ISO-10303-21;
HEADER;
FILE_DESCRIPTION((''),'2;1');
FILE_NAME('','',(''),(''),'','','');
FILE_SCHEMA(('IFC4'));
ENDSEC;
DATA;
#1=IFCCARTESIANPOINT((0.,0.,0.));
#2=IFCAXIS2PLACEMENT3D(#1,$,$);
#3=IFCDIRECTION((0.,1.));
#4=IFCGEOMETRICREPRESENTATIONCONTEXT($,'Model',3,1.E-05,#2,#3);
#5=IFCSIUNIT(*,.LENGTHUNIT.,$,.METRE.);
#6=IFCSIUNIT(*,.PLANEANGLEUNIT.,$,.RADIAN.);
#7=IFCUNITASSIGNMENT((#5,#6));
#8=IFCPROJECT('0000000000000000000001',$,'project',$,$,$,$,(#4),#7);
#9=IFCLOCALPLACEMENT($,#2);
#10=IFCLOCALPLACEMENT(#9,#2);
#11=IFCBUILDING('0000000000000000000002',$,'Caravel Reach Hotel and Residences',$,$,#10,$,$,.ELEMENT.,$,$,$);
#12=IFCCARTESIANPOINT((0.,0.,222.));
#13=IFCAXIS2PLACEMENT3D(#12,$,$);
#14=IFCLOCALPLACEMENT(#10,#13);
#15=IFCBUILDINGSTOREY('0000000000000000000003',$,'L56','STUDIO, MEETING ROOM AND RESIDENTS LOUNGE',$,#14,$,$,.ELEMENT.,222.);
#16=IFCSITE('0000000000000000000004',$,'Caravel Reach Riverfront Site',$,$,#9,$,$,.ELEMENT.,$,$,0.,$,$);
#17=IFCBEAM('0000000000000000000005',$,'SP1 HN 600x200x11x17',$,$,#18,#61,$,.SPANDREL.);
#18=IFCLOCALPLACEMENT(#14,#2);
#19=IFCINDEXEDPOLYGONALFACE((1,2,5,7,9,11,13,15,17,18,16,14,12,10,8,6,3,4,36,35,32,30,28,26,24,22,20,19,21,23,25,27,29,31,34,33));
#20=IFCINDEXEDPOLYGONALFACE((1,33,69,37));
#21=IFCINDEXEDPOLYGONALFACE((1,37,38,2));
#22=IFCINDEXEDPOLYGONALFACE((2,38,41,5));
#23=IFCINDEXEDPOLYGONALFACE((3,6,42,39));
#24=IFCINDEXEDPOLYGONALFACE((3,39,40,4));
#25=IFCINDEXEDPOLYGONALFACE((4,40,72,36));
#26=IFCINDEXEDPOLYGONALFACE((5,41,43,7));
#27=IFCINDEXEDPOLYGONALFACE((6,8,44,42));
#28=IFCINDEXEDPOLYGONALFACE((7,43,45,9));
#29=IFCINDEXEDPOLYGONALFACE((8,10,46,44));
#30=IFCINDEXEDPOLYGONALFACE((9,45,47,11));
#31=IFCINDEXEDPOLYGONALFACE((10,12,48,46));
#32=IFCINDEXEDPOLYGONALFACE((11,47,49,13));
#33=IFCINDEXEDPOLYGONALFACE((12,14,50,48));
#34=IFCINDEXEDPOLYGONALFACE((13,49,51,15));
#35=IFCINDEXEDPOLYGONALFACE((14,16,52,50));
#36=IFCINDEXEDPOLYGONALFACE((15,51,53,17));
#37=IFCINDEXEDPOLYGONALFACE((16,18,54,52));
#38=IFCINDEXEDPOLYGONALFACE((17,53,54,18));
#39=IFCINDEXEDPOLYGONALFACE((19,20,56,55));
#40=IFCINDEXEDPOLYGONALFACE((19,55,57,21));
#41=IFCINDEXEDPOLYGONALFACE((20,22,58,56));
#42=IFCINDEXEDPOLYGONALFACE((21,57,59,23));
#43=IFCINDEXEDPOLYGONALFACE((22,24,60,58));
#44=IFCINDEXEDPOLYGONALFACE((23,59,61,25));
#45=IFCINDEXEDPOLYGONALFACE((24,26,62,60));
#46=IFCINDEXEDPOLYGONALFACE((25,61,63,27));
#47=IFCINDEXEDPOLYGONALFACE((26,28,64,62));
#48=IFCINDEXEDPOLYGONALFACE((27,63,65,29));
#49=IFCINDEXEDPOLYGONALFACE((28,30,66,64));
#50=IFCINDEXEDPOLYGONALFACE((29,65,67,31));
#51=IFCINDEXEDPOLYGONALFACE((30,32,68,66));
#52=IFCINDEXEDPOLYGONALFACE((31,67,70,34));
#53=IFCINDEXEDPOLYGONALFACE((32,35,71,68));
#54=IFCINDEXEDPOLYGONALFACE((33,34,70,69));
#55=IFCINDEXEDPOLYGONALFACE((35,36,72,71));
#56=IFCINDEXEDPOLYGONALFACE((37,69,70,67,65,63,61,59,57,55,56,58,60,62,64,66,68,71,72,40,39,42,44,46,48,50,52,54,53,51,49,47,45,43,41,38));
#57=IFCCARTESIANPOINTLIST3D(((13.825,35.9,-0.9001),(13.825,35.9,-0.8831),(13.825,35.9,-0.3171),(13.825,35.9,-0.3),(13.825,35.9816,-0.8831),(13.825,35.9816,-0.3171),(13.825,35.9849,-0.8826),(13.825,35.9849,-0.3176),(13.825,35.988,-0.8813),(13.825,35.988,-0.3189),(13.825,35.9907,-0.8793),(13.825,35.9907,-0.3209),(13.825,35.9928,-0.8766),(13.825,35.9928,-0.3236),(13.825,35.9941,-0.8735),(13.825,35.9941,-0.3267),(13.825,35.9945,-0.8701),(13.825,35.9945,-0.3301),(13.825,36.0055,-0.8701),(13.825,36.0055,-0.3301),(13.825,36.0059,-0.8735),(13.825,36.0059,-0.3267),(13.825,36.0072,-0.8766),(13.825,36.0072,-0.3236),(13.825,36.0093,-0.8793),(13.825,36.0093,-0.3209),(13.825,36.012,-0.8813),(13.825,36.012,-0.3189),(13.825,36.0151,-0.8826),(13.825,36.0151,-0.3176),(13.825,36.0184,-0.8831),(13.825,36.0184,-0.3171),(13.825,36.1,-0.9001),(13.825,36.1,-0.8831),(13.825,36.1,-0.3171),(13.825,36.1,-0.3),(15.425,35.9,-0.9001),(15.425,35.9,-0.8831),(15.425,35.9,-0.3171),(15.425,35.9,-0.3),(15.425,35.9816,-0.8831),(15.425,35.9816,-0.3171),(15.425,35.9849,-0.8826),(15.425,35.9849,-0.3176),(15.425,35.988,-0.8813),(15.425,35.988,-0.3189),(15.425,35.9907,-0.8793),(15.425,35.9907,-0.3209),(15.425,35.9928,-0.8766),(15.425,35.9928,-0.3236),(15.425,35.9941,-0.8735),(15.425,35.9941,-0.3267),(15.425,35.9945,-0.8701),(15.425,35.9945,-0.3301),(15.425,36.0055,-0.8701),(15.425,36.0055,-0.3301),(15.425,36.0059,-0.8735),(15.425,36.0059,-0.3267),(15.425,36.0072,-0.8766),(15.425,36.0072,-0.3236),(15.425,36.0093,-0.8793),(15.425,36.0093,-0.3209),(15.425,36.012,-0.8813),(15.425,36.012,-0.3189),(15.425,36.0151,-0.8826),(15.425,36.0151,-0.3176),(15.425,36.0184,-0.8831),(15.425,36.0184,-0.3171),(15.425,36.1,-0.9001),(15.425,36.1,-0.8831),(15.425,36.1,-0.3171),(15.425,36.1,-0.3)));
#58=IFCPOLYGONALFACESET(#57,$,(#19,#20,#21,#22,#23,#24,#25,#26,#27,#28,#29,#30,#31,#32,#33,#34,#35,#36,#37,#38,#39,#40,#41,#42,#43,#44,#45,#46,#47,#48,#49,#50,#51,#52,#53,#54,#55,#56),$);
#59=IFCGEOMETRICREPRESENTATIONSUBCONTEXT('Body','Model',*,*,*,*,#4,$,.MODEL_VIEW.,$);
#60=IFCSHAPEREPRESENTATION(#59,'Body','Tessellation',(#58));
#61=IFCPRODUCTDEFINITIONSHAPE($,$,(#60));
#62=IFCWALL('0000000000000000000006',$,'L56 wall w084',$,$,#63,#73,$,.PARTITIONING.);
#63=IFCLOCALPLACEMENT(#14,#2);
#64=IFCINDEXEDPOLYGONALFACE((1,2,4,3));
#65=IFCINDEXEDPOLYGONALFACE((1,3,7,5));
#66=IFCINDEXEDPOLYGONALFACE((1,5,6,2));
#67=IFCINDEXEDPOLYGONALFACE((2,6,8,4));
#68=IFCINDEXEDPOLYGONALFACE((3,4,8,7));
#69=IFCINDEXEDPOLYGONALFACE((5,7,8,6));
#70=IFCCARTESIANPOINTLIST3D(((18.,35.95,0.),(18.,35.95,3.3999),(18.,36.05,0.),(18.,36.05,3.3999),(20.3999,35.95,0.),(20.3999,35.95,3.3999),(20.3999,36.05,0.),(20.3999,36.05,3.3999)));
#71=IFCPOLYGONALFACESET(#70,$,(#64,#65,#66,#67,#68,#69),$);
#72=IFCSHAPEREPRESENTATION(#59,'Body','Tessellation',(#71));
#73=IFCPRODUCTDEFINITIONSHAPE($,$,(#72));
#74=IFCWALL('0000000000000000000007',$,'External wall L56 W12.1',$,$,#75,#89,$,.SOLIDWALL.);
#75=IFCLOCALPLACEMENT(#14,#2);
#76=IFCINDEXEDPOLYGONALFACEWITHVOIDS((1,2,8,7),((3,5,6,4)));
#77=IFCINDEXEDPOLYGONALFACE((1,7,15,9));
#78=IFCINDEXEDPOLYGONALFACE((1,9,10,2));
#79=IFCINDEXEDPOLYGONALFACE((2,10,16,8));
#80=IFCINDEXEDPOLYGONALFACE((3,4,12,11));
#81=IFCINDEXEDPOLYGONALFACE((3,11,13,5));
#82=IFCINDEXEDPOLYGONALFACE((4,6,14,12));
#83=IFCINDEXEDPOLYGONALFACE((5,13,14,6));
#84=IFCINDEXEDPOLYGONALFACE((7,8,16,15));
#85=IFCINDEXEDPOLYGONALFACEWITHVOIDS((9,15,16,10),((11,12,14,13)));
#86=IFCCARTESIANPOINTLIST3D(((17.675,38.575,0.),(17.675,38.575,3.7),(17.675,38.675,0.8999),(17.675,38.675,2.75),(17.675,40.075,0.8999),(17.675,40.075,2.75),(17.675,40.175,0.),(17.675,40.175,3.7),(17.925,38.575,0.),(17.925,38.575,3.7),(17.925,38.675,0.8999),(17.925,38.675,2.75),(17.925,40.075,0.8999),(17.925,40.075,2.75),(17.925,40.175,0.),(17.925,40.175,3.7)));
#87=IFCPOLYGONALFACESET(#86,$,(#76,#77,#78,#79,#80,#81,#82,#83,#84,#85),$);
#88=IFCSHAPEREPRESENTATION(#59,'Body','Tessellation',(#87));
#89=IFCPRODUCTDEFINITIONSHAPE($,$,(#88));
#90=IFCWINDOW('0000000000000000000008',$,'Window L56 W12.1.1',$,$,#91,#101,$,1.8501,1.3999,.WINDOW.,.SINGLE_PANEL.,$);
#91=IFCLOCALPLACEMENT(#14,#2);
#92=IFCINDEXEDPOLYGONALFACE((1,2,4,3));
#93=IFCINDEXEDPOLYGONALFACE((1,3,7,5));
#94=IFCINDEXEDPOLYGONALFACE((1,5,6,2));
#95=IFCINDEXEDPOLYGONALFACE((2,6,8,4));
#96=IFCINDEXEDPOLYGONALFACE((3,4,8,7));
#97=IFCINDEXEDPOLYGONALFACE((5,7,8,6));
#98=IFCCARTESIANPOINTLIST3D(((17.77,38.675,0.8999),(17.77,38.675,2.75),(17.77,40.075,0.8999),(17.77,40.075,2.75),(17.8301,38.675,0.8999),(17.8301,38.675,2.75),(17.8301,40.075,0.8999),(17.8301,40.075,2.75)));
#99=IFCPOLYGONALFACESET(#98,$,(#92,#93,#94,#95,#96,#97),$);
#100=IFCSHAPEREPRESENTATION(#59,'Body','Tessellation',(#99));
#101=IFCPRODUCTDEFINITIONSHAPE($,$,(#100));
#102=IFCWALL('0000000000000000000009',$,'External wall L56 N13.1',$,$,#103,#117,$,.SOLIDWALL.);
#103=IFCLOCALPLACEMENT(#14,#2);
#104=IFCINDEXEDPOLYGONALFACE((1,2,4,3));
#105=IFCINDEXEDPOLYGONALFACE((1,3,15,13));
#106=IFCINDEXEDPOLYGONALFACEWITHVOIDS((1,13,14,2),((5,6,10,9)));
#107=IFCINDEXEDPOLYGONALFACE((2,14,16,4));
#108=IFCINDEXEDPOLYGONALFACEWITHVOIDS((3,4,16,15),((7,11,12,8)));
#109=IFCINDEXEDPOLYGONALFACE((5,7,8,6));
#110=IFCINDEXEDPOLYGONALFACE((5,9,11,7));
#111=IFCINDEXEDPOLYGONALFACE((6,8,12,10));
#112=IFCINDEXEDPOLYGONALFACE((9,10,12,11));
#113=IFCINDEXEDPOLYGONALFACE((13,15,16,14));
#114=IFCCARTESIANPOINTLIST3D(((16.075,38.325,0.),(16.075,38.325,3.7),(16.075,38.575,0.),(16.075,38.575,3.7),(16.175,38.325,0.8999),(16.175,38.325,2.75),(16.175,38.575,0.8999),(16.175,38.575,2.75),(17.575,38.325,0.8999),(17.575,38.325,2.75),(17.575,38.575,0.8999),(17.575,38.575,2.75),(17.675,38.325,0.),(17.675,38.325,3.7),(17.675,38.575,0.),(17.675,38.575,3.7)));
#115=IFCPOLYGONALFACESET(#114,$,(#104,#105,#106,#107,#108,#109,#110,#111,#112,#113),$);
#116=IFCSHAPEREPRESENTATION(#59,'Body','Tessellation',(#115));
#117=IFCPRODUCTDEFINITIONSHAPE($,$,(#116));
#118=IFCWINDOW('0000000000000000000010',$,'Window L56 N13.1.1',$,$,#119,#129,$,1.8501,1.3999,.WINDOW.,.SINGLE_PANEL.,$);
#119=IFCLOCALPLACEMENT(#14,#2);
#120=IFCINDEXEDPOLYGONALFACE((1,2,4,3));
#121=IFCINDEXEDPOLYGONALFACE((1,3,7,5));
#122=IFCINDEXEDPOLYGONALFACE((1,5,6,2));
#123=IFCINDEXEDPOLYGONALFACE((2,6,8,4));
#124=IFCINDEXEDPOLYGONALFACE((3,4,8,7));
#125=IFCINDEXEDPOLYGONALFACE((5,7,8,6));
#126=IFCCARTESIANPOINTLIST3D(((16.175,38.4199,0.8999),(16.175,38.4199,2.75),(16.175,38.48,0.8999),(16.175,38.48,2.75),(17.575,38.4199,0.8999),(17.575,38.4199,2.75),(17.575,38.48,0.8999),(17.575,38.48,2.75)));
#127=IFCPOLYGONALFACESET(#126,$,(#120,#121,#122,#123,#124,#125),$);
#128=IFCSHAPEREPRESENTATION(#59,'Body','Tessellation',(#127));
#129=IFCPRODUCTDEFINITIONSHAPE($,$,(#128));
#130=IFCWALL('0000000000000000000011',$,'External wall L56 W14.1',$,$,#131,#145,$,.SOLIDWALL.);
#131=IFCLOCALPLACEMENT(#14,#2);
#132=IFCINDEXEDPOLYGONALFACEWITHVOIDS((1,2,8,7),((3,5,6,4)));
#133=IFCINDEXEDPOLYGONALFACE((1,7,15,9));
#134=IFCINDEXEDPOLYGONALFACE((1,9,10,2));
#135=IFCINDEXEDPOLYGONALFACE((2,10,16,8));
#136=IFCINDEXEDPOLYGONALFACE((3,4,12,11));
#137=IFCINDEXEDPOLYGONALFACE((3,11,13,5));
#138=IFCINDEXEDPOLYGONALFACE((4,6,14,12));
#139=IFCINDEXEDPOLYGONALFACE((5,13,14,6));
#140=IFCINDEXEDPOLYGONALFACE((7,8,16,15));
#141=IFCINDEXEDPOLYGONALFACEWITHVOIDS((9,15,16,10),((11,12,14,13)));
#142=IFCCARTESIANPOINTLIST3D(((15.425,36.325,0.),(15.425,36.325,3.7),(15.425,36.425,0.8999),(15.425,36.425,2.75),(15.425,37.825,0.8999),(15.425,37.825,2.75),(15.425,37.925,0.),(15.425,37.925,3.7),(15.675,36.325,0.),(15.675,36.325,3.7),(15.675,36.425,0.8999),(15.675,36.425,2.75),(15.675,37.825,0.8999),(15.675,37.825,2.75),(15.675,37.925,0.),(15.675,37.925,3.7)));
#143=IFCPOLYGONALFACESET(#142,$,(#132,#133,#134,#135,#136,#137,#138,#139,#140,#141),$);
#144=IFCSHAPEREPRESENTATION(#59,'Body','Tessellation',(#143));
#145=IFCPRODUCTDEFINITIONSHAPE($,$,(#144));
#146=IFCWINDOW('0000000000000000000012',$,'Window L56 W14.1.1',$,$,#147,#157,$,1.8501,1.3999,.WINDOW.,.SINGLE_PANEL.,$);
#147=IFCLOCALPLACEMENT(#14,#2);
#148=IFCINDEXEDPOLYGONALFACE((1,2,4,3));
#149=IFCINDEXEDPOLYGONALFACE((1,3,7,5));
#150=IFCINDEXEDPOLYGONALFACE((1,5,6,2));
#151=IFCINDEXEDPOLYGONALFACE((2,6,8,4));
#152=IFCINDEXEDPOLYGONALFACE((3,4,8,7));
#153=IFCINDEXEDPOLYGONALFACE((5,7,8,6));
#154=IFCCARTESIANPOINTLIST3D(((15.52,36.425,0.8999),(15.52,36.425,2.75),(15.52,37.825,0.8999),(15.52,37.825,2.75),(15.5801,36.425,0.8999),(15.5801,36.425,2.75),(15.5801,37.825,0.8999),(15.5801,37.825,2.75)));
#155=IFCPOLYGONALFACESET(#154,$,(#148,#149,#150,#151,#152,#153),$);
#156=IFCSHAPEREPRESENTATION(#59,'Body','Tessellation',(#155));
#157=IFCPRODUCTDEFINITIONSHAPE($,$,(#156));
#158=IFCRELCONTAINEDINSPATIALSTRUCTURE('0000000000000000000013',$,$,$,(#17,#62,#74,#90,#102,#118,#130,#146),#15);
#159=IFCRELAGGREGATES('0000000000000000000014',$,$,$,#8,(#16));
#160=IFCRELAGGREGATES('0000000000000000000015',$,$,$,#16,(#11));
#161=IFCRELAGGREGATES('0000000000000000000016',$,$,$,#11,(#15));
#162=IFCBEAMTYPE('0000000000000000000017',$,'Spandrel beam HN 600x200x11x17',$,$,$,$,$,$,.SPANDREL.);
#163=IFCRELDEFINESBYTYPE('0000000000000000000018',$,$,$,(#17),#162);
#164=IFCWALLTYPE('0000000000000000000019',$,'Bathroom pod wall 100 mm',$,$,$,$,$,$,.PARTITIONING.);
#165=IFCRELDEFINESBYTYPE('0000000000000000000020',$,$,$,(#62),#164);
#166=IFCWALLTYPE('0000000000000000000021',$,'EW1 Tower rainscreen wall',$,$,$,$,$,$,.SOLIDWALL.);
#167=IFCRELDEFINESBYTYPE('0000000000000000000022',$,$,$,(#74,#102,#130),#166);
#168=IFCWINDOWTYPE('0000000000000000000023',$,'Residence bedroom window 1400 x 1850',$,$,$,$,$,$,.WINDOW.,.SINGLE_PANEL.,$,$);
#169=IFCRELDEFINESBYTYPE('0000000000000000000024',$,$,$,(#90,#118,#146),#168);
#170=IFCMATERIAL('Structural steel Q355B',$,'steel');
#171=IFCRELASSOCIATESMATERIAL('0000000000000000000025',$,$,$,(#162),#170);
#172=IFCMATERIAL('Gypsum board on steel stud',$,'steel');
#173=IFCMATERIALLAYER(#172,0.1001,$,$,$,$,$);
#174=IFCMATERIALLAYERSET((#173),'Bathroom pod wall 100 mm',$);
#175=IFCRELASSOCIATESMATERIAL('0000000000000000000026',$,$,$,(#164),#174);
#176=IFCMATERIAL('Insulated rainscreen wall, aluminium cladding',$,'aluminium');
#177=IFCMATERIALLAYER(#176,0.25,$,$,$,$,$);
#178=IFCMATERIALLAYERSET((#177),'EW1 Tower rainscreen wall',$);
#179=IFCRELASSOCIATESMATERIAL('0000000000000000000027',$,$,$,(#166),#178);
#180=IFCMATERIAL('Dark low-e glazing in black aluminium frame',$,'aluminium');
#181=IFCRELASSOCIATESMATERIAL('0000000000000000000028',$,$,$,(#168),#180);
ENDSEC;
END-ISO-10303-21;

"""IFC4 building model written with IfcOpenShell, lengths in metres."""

from ifc_helpers import new_model, si_unit, direction, frame, frame_2d, origin, origin_2d, place, context, subcontext, project, spatial, rectangle, i_section, extrude, material, layer, layer_set, material_profile, profile_set, type_object, element, fill, save


model = new_model("IFC4")

# Units and contexts
model_context = context("Model", 3, precision=1e-05, world=origin(), true_north=direction((0.0, 1.0)))
body_context = subcontext(model_context, "Body", "Model", "MODEL_VIEW")
ifc_project = project(units=[si_unit("LENGTHUNIT", "METRE"), si_unit("PLANEANGLEUNIT", "RADIAN")], contexts=[model_context])

# Site, building, storey
site_placement = place(None, origin())
site = spatial("IfcSite", under=ifc_project, at=site_placement, Name="Caravel Reach Riverfront Site", CompositionType="ELEMENT", RefElevation=0.0)
building_placement = place(site_placement, origin())
building = spatial("IfcBuilding", under=site, at=building_placement, Name="Caravel Reach Hotel and Residences", CompositionType="ELEMENT")
storey_placement = place(building_placement, frame((0.0, 0.0, 222.0)))
storey = spatial("IfcBuildingStorey", under=building, at=storey_placement, Name="L56", Description="STUDIO, MEETING ROOM AND RESIDENTS LOUNGE", CompositionType="ELEMENT", Elevation=222.0)

# Beam
ifc_material_1 = material(Name="Structural steel Q355B", Category="steel")
ifc_material_profile_1 = material_profile(ifc_material_1, i_section(OverallWidth=0.2, OverallDepth=0.6001, WebThickness=0.011, FlangeThickness=0.0171, FilletRadius=0.0129, at=origin_2d()), Name="HN 600x200x11x17")
ifc_profile_set_1 = profile_set([ifc_material_profile_1], Name="Structural steel Q355B")
beam_type = type_object("IfcBeamType", Name="Spandrel beam HN 600x200x11x17", PredefinedType="SPANDREL", material=ifc_profile_set_1)
for number, where, z_axis, x_axis, name in (
    (1, (15.425, 36.0, -0.6001), (-1.0, 0.0, 0.0), (0.0, -1.0, 0.0), "SP1 HN 600x200x11x17"),
):
    element("IfcBeam", number, at=place(storey_placement, frame(where, z_axis=z_axis, x_axis=x_axis)), inside=storey, type_object=beam_type, Name=name, PredefinedType="SPANDREL", context=body_context, shape_type="SweptSolid", body=[
        extrude(i_section(OverallWidth=0.2, OverallDepth=0.6001, WebThickness=0.011, FlangeThickness=0.0171, FilletRadius=0.0129, at=origin_2d()), origin(), (0.0, 0.0, 1.0), 1.6001),
    ])

# Wall
ifc_material_2 = material(Name="Gypsum board on steel stud", Category="steel")
ifc_layer_1 = layer(ifc_material_2, 0.1001)
ifc_layer_set_1 = layer_set([ifc_layer_1], Name="Bathroom pod wall 100 mm")
wall_type_1 = type_object("IfcWallType", Name="Bathroom pod wall 100 mm", PredefinedType="PARTITIONING", material=ifc_layer_set_1)
wall_1_placement = place(storey_placement, frame((18.0, 36.0, 0.0), z_axis=(0.0, 0.0, 1.0), x_axis=(1.0, 0.0, 0.0)))
element("IfcWall", 2, at=wall_1_placement, inside=storey, type_object=wall_type_1, Name="L56 wall w084", PredefinedType="PARTITIONING", context=body_context, shape_type="SweptSolid", body=[
    extrude(rectangle(XDim=2.3999, YDim=0.1001, at=frame_2d((1.2, 0.0))), origin(), (0.0, 0.0, 1.0), 3.3999),
])

# Walls, openings, windows
ifc_material_3 = material(Name="Insulated rainscreen wall, aluminium cladding", Category="aluminium")
ifc_layer_2 = layer(ifc_material_3, 0.25)
ifc_layer_set_2 = layer_set([ifc_layer_2], Name="EW1 Tower rainscreen wall")
wall_type_2 = type_object("IfcWallType", Name="EW1 Tower rainscreen wall", PredefinedType="SOLIDWALL", material=ifc_layer_set_2)
wall_2_placement = place(storey_placement, frame((17.8, 40.175, 0.0), z_axis=(0.0, 0.0, 1.0), x_axis=(0.0, -1.0, 0.0)))
wall_2 = element("IfcWall", 3, at=wall_2_placement, inside=storey, type_object=wall_type_2, Name="External wall L56 W12.1", PredefinedType="SOLIDWALL", context=body_context, shape_type="SweptSolid", body=[
    extrude(rectangle(XDim=1.6001, YDim=0.25, at=frame_2d((0.8, 0.0))), origin(), (0.0, 0.0, 1.0), 3.7),
])
opening_1_placement = place(wall_2_placement, frame((0.1001, 0.0, 0.8999)))
opening_1 = element("IfcOpeningElement", 4, at=opening_1_placement, cuts=wall_2, PredefinedType="OPENING", context=body_context, shape_type="SweptSolid", body=[
    extrude(rectangle(XDim=1.3999, YDim=1.8501, at=frame_2d((0.7, 0.925))), frame((0.0, 0.135, 0.0), z_axis=(0.0, -1.0, 0.0), x_axis=(1.0, 0.0, 0.0)), (0.0, 0.0, 1.0), 0.27),
])
ifc_material_4 = material(Name="Dark low-e glazing in black aluminium frame", Category="aluminium")
window_type = type_object("IfcWindowType", Name="Residence bedroom window 1400 x 1850", PartitioningType="SINGLE_PANEL", PredefinedType="WINDOW", material=ifc_material_4)
window_1_placement = place(opening_1_placement, origin())
window_1 = element("IfcWindow", 5, at=window_1_placement, inside=storey, type_object=window_type, Name="Window L56 W12.1.1", OverallHeight=1.8501, OverallWidth=1.3999, PartitioningType="SINGLE_PANEL", PredefinedType="WINDOW", context=body_context, shape_type="SweptSolid", body=[
    extrude(rectangle(XDim=1.3999, YDim=1.8501, at=frame_2d((0.7, 0.925))), frame((0.0, 0.03, 0.0), z_axis=(0.0, -1.0, 0.0), x_axis=(1.0, 0.0, 0.0)), (0.0, 0.0, 1.0), 0.0601),
])
fill(opening_1, window_1)
wall_3_placement = place(storey_placement, frame((17.675, 38.45, 0.0), z_axis=(0.0, 0.0, 1.0), x_axis=(-1.0, 0.0, 0.0)))
wall_3 = element("IfcWall", 6, at=wall_3_placement, inside=storey, type_object=wall_type_2, Name="External wall L56 N13.1", PredefinedType="SOLIDWALL", context=body_context, shape_type="SweptSolid", body=[
    extrude(rectangle(XDim=1.6001, YDim=0.25, at=frame_2d((0.8, 0.0))), origin(), (0.0, 0.0, 1.0), 3.7),
])
opening_2_placement = place(wall_3_placement, frame((0.1001, 0.0, 0.8999)))
opening_2 = element("IfcOpeningElement", 7, at=opening_2_placement, cuts=wall_3, PredefinedType="OPENING", context=body_context, shape_type="SweptSolid", body=[
    extrude(rectangle(XDim=1.3999, YDim=1.8501, at=frame_2d((0.7, 0.925))), frame((0.0, 0.135, 0.0), z_axis=(0.0, -1.0, 0.0), x_axis=(1.0, 0.0, 0.0)), (0.0, 0.0, 1.0), 0.27),
])
window_2_placement = place(opening_2_placement, origin())
window_2 = element("IfcWindow", 8, at=window_2_placement, inside=storey, type_object=window_type, Name="Window L56 N13.1.1", OverallHeight=1.8501, OverallWidth=1.3999, PartitioningType="SINGLE_PANEL", PredefinedType="WINDOW", context=body_context, shape_type="SweptSolid", body=[
    extrude(rectangle(XDim=1.3999, YDim=1.8501, at=frame_2d((0.7, 0.925))), frame((0.0, 0.03, 0.0), z_axis=(0.0, -1.0, 0.0), x_axis=(1.0, 0.0, 0.0)), (0.0, 0.0, 1.0), 0.0601),
])
fill(opening_2, window_2)
wall_4_placement = place(storey_placement, frame((15.55, 37.925, 0.0), z_axis=(0.0, 0.0, 1.0), x_axis=(0.0, -1.0, 0.0)))
wall_4 = element("IfcWall", 9, at=wall_4_placement, inside=storey, type_object=wall_type_2, Name="External wall L56 W14.1", PredefinedType="SOLIDWALL", context=body_context, shape_type="SweptSolid", body=[
    extrude(rectangle(XDim=1.6001, YDim=0.25, at=frame_2d((0.8, 0.0))), origin(), (0.0, 0.0, 1.0), 3.7),
])
opening_3_placement = place(wall_4_placement, frame((0.1001, 0.0, 0.8999)))
opening_3 = element("IfcOpeningElement", 10, at=opening_3_placement, cuts=wall_4, PredefinedType="OPENING", context=body_context, shape_type="SweptSolid", body=[
    extrude(rectangle(XDim=1.3999, YDim=1.8501, at=frame_2d((0.7, 0.925))), frame((0.0, 0.135, 0.0), z_axis=(0.0, -1.0, 0.0), x_axis=(1.0, 0.0, 0.0)), (0.0, 0.0, 1.0), 0.27),
])
window_3_placement = place(opening_3_placement, origin())
window_3 = element("IfcWindow", 11, at=window_3_placement, inside=storey, type_object=window_type, Name="Window L56 W14.1.1", OverallHeight=1.8501, OverallWidth=1.3999, PartitioningType="SINGLE_PANEL", PredefinedType="WINDOW", context=body_context, shape_type="SweptSolid", body=[
    extrude(rectangle(XDim=1.3999, YDim=1.8501, at=frame_2d((0.7, 0.925))), frame((0.0, 0.03, 0.0), z_axis=(0.0, -1.0, 0.0), x_axis=(1.0, 0.0, 0.0)), (0.0, 0.0, 1.0), 0.0601),
])
fill(opening_3, window_3)

save(model, "model.ifc")
